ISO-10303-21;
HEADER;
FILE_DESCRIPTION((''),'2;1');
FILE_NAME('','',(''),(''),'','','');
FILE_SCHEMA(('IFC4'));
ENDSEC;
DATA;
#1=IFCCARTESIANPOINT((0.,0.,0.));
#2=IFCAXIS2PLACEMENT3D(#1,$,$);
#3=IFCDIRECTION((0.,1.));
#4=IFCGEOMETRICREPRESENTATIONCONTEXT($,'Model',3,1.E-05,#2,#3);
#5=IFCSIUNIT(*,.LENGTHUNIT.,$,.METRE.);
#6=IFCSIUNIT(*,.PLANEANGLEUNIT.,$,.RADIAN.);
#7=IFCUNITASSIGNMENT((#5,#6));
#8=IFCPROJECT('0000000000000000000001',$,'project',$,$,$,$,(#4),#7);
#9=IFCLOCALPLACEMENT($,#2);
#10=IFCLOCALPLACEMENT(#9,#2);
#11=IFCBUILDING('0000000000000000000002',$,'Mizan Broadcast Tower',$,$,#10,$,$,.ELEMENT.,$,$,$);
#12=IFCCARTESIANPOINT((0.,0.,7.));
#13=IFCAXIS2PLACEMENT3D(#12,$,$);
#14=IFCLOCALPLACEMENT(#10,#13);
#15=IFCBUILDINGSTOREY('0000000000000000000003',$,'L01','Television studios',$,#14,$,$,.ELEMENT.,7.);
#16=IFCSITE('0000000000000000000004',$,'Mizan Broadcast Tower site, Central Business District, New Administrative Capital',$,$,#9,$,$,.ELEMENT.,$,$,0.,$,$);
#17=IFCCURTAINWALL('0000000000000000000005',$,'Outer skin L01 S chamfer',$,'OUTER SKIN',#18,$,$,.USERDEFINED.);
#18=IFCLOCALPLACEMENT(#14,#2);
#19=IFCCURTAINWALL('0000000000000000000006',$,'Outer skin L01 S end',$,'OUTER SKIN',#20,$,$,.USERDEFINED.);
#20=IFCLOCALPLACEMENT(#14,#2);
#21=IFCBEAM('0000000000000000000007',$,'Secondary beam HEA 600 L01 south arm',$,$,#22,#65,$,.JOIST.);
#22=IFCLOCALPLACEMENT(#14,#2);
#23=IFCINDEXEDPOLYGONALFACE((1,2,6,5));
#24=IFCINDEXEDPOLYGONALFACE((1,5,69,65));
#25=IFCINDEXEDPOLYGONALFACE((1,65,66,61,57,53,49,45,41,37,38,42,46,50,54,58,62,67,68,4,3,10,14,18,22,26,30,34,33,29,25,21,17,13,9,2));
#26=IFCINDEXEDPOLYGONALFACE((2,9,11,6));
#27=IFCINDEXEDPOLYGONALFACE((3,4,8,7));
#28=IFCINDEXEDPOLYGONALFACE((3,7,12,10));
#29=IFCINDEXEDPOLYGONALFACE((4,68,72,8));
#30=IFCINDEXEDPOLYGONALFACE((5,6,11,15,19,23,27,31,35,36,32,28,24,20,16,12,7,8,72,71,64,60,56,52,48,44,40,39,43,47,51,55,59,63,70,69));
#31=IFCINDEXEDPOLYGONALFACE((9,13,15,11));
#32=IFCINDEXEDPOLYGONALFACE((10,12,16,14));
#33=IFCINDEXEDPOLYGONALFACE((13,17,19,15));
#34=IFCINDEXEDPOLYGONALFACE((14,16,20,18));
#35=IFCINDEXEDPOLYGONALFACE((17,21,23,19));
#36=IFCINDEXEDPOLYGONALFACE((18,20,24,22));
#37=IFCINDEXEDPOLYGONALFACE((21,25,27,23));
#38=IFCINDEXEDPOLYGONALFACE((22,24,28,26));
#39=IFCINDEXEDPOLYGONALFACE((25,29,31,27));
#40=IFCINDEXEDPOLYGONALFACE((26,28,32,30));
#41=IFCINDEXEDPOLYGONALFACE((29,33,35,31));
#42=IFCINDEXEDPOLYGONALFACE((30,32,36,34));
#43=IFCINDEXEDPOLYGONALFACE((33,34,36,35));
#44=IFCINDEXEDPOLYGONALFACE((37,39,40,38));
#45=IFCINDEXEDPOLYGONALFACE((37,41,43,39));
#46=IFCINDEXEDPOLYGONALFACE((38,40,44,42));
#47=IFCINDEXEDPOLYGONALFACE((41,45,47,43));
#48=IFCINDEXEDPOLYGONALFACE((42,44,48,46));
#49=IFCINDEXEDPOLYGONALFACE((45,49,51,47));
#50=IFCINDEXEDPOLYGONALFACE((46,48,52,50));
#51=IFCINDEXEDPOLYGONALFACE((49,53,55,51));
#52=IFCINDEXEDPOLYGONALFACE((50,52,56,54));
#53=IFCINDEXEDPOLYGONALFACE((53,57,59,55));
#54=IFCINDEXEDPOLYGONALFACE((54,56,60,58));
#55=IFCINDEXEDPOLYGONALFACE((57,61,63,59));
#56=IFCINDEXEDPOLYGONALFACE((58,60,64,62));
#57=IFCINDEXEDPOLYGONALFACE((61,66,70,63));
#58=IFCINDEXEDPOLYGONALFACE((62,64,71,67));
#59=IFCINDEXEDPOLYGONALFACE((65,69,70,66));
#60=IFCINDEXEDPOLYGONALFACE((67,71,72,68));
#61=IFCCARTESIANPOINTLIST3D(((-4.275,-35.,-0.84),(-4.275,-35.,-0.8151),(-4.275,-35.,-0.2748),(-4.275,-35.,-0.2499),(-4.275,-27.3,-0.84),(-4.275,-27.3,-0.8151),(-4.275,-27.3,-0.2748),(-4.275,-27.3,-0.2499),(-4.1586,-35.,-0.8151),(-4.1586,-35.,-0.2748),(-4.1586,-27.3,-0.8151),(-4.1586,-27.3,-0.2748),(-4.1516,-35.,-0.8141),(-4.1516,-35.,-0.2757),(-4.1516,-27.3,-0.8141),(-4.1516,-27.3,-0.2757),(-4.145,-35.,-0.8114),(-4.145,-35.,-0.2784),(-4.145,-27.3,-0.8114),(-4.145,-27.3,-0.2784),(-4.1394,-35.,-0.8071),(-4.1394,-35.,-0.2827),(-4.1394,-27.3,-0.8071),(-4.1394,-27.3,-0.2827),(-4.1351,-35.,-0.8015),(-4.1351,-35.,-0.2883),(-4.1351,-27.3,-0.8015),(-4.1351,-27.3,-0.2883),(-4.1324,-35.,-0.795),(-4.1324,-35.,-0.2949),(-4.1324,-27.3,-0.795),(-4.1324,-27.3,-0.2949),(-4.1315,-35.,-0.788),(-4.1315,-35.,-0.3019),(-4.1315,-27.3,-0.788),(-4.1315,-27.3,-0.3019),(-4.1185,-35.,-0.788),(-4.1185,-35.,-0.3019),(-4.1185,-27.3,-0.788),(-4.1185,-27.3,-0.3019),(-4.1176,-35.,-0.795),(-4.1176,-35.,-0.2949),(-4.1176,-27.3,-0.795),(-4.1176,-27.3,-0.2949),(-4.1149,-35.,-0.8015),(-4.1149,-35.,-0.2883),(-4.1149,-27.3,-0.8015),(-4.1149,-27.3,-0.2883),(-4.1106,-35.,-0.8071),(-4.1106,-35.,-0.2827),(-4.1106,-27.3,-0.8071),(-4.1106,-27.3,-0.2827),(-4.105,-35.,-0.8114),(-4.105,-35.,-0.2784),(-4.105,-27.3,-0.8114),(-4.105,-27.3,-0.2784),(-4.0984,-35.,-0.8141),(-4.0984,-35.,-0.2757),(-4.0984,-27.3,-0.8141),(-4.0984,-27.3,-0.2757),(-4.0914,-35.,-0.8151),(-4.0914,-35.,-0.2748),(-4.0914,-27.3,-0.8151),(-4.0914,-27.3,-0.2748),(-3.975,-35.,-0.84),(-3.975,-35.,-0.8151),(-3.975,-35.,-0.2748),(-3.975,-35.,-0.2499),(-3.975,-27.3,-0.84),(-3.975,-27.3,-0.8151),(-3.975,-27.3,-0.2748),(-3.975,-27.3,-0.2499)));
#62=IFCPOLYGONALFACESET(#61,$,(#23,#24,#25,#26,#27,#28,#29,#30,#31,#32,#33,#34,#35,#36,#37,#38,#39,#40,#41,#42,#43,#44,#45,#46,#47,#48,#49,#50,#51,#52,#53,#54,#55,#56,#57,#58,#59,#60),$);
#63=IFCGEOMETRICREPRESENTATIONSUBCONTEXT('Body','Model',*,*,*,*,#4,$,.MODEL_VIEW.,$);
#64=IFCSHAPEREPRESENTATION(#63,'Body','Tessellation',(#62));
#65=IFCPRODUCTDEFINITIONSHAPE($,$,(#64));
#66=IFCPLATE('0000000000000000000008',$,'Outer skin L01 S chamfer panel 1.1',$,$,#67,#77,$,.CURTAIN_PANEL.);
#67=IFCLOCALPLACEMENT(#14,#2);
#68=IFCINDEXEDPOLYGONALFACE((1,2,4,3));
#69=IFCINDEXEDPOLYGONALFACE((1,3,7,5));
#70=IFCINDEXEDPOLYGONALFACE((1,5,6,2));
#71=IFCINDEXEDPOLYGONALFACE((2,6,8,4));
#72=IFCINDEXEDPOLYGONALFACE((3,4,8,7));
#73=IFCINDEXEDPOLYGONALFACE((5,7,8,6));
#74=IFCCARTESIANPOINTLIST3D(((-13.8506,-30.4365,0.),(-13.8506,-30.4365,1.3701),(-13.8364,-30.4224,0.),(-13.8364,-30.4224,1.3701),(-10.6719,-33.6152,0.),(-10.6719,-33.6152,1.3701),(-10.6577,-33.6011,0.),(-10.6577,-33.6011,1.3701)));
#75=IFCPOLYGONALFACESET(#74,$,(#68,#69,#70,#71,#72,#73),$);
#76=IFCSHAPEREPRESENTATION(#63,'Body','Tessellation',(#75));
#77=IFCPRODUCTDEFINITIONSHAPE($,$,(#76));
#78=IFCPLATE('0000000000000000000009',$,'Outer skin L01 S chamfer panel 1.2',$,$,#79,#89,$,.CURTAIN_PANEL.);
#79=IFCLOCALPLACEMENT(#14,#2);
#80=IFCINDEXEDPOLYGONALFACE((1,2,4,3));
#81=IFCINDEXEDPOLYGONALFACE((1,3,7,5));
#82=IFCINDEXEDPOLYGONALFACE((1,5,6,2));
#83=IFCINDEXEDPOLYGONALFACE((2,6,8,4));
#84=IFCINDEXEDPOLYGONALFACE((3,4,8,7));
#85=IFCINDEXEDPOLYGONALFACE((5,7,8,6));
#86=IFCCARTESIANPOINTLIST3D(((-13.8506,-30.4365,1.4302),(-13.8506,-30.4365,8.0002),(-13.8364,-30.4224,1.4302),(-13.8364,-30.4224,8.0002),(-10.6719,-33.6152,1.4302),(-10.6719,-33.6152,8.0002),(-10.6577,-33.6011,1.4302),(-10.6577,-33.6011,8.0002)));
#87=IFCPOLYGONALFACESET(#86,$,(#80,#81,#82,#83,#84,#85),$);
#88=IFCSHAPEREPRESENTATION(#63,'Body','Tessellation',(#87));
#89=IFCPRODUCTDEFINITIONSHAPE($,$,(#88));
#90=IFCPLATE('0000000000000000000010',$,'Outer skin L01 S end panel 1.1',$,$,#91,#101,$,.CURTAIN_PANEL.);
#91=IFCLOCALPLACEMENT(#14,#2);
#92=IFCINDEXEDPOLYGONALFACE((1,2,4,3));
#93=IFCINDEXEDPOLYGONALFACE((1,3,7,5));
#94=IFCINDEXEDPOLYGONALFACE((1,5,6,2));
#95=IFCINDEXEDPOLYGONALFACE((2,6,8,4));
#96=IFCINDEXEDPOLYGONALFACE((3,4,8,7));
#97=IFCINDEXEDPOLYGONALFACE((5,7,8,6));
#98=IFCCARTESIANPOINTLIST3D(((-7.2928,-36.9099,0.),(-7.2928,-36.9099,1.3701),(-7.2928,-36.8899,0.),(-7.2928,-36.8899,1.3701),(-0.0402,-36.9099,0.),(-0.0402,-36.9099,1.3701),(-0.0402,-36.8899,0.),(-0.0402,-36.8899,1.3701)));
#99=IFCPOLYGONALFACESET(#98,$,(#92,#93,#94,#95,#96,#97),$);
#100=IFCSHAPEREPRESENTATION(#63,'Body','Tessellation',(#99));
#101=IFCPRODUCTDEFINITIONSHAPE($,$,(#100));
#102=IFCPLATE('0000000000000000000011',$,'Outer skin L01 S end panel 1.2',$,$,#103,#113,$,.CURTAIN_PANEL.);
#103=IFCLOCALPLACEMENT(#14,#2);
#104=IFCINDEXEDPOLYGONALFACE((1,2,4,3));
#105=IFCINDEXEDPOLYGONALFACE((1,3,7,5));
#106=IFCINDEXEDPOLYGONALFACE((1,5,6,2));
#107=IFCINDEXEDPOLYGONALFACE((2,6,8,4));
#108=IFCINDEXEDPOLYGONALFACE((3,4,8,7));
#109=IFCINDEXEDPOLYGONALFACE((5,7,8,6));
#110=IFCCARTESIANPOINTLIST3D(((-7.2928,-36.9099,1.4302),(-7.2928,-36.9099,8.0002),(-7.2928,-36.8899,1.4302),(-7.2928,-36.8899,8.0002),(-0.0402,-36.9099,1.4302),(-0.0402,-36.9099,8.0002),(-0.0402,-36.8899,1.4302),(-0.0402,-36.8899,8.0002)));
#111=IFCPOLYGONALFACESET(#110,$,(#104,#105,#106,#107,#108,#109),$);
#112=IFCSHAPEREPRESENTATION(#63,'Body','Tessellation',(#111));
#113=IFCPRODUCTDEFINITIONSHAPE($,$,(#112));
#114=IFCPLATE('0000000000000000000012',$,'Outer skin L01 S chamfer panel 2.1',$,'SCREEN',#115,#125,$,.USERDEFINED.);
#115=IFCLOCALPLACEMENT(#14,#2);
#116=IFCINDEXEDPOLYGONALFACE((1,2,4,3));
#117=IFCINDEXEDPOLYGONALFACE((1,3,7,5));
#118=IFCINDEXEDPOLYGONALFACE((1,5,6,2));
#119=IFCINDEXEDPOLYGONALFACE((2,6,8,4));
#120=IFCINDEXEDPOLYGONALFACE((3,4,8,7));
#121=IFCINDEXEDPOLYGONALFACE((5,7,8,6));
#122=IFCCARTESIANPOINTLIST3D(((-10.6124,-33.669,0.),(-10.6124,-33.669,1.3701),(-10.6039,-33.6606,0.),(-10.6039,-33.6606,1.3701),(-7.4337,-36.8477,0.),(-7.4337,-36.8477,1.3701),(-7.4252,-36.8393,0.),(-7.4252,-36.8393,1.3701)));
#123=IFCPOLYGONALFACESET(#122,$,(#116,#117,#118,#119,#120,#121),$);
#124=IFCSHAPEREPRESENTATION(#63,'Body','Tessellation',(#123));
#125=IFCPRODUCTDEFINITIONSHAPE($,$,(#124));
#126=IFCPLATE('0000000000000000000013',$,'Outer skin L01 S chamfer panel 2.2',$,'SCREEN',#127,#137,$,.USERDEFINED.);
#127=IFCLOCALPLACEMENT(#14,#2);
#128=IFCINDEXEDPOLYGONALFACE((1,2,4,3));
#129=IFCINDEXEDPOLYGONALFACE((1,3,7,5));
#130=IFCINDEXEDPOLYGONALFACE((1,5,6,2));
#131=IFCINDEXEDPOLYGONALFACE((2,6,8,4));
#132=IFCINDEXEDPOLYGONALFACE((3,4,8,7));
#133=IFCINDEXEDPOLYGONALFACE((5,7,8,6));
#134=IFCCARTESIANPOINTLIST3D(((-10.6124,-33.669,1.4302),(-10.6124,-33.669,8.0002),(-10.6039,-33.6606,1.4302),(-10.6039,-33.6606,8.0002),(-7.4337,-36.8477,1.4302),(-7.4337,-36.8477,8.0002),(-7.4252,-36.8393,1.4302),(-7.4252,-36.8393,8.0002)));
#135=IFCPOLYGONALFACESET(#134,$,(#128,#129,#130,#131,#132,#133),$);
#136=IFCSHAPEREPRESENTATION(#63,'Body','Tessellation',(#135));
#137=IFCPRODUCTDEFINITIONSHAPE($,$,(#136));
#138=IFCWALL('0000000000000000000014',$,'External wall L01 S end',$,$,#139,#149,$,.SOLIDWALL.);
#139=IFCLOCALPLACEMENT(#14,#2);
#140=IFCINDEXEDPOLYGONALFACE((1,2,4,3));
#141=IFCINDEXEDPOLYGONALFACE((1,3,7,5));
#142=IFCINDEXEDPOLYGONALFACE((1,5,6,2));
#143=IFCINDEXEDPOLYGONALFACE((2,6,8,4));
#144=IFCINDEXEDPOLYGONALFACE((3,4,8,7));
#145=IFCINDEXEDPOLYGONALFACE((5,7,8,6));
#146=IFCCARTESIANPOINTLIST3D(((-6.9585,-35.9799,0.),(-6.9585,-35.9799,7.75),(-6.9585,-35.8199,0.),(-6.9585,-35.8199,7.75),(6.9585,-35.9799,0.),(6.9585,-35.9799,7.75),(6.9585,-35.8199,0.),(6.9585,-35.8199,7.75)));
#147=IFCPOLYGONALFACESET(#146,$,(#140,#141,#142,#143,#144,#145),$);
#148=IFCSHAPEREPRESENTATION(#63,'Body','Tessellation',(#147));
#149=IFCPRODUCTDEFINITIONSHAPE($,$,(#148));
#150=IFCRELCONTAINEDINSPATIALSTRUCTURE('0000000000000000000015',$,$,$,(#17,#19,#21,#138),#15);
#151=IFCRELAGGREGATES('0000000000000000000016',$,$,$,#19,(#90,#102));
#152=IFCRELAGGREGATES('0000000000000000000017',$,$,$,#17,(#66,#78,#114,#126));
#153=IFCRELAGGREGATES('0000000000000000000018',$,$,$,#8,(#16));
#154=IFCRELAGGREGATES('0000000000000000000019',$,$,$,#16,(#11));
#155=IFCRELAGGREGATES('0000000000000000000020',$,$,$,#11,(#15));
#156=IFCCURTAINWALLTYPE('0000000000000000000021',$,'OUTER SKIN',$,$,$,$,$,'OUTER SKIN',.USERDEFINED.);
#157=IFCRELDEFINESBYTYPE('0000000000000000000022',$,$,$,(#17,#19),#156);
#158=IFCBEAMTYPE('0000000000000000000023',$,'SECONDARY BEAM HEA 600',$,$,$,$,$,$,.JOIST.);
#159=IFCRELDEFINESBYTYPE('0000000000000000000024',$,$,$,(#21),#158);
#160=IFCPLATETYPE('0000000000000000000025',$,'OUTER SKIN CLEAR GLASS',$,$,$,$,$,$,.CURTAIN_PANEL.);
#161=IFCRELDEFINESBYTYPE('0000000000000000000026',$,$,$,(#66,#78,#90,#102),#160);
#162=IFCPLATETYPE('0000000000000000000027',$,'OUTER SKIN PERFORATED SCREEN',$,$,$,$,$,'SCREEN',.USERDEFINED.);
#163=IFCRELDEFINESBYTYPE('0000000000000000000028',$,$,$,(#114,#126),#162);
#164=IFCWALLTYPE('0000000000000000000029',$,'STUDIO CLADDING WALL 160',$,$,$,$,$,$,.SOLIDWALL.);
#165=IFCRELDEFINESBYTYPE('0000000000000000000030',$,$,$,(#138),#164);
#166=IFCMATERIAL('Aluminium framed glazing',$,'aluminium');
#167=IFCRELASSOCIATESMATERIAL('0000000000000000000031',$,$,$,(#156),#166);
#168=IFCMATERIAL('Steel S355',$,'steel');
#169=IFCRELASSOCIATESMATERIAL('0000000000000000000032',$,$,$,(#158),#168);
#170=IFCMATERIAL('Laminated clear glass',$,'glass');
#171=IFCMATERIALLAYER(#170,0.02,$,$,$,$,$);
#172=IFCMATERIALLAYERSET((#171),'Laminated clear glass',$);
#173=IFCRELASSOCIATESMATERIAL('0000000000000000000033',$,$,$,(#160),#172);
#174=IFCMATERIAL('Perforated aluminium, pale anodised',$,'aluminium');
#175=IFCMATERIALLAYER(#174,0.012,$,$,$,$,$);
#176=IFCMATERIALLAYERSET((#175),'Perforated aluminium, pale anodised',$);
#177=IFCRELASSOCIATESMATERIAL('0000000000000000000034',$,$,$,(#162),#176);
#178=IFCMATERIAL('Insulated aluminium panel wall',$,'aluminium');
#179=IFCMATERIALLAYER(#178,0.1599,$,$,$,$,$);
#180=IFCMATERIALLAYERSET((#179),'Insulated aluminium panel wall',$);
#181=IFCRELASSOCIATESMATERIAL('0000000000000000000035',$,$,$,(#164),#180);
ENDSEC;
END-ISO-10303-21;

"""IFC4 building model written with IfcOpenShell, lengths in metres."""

from ifc_helpers import new_model, si_unit, direction, frame, frame_2d, origin, origin_2d, place, context, subcontext, project, spatial, rectangle, i_section, extrude, material, layer, layer_set, material_profile, profile_set, type_object, element, aggregate, save


model = new_model("IFC4")

# Units and contexts
model_context = context("Model", 3, precision=1e-05, world=origin(), true_north=direction((0.0, 1.0)))
body_context = subcontext(model_context, "Body", "Model", "MODEL_VIEW")
ifc_project = project(units=[si_unit("LENGTHUNIT", "METRE"), si_unit("PLANEANGLEUNIT", "RADIAN")], contexts=[model_context])

# Site, building, storey
site_placement = place(None, origin())
site = spatial("IfcSite", under=ifc_project, at=site_placement, Name="Mizan Broadcast Tower site, Central Business District, New Administrative Capital", CompositionType="ELEMENT", RefElevation=0.0)
building_placement = place(site_placement, origin())
building = spatial("IfcBuilding", under=site, at=building_placement, Name="Mizan Broadcast Tower", CompositionType="ELEMENT")
storey_placement = place(building_placement, frame((0.0, 0.0, 7.0)))
storey = spatial("IfcBuildingStorey", under=building, at=storey_placement, Name="L01", Description="Television studios", CompositionType="ELEMENT", Elevation=7.0)

# Curtain wall
ifc_material_1 = material(Name="Aluminium framed glazing", Category="aluminium")
curtain_wall_type = type_object("IfcCurtainWallType", Name="OUTER SKIN", ElementType="OUTER SKIN", PredefinedType="USERDEFINED", material=ifc_material_1)
curtain_wall_1_placement = place(storey_placement, origin())
curtain_wall_1 = element("IfcCurtainWall", 1, at=curtain_wall_1_placement, inside=storey, type_object=curtain_wall_type, Name="Outer skin L01 S chamfer", ObjectType="OUTER SKIN", PredefinedType="USERDEFINED")

# Curtain wall
curtain_wall_2_placement = place(storey_placement, origin())
curtain_wall_2 = element("IfcCurtainWall", 2, at=curtain_wall_2_placement, inside=storey, type_object=curtain_wall_type, Name="Outer skin L01 S end", ObjectType="OUTER SKIN", PredefinedType="USERDEFINED")

# Beam
ifc_material_2 = material(Name="Steel S355", Category="steel")
ifc_material_profile_1 = material_profile(ifc_material_2, i_section(OverallWidth=0.3, OverallDepth=0.5901, WebThickness=0.0129, FlangeThickness=0.0249, FilletRadius=0.0271, at=origin_2d()), Name="HEA 600")
ifc_profile_set_1 = profile_set([ifc_material_profile_1], Name="Steel S355")
beam_type_1 = type_object("IfcBeamType", Name="SECONDARY BEAM HEA 600", PredefinedType="JOIST", material=ifc_profile_set_1)
beam_1_placement = place(storey_placement, frame((-4.125, -27.3, -0.5449), z_axis=(0.0, -1.0, 0.0), x_axis=(1.0, 0.0, 0.0)))
element("IfcBeam", 3, at=beam_1_placement, inside=storey, type_object=beam_type_1, Name="Secondary beam HEA 600 L01 south arm", PredefinedType="JOIST", context=body_context, shape_type="SweptSolid", body=[
    extrude(i_section(OverallWidth=0.3, OverallDepth=0.5901, WebThickness=0.0129, FlangeThickness=0.0249, FilletRadius=0.0271, at=origin_2d()), origin(), (0.0, 0.0, 1.0), 7.7),
])

# Plates
ifc_material_3 = material(Name="Laminated clear glass", Category="glass")
ifc_layer_1 = layer(ifc_material_3, 0.02)
ifc_layer_set_1 = layer_set([ifc_layer_1], Name="Laminated clear glass")
plate_type_1 = type_object("IfcPlateType", Name="OUTER SKIN CLEAR GLASS", PredefinedType="CURTAIN_PANEL", material=ifc_layer_set_1)
plate_1_placement = place(storey_placement, frame((-12.2542, -32.0188, 0.0), z_axis=(0.0, 0.0, 1.0), x_axis=(0.707107, -0.707107, 0.0)))
plate_1 = element("IfcPlate", 4, at=plate_1_placement, type_object=plate_type_1, Name="Outer skin L01 S chamfer panel 1.1", PredefinedType="CURTAIN_PANEL", context=body_context, shape_type="SweptSolid", body=[
    extrude(rectangle(XDim=4.4954, YDim=0.02, at=origin_2d()), origin(), (0.0, 0.0, 1.0), 1.3701),
])
plate_2_placement = place(storey_placement, frame((-12.2542, -32.0188, 1.4302), z_axis=(0.0, 0.0, 1.0), x_axis=(0.707107, -0.707107, 0.0)))
plate_2 = element("IfcPlate", 5, at=plate_2_placement, type_object=plate_type_1, Name="Outer skin L01 S chamfer panel 1.2", PredefinedType="CURTAIN_PANEL", context=body_context, shape_type="SweptSolid", body=[
    extrude(rectangle(XDim=4.4954, YDim=0.02, at=origin_2d()), origin(), (0.0, 0.0, 1.0), 6.5701),
])
plate_3_placement = place(storey_placement, frame((-3.6665, -36.8999, 0.0), z_axis=(0.0, 0.0, 1.0), x_axis=(1.0, 0.0, 0.0)))
plate_3 = element("IfcPlate", 6, at=plate_3_placement, type_object=plate_type_1, Name="Outer skin L01 S end panel 1.1", PredefinedType="CURTAIN_PANEL", context=body_context, shape_type="SweptSolid", body=[
    extrude(rectangle(XDim=7.2527, YDim=0.02, at=origin_2d()), origin(), (0.0, 0.0, 1.0), 1.3701),
])
plate_4_placement = place(storey_placement, frame((-3.6665, -36.8999, 1.4302), z_axis=(0.0, 0.0, 1.0), x_axis=(1.0, 0.0, 0.0)))
plate_4 = element("IfcPlate", 7, at=plate_4_placement, type_object=plate_type_1, Name="Outer skin L01 S end panel 1.2", PredefinedType="CURTAIN_PANEL", context=body_context, shape_type="SweptSolid", body=[
    extrude(rectangle(XDim=7.2527, YDim=0.02, at=origin_2d()), origin(), (0.0, 0.0, 1.0), 6.5701),
])
aggregate(curtain_wall_2, [plate_3, plate_4])
ifc_material_4 = material(Name="Perforated aluminium, pale anodised", Category="aluminium")
ifc_layer_2 = layer(ifc_material_4, 0.012)
ifc_layer_set_2 = layer_set([ifc_layer_2], Name="Perforated aluminium, pale anodised")
plate_type_2 = type_object("IfcPlateType", Name="OUTER SKIN PERFORATED SCREEN", ElementType="SCREEN", PredefinedType="USERDEFINED", material=ifc_layer_set_2)
plate_5_placement = place(storey_placement, frame((-9.0188, -35.2542, 0.0), z_axis=(0.0, 0.0, 1.0), x_axis=(0.707107, -0.707107, 0.0)))
plate_5 = element("IfcPlate", 8, at=plate_5_placement, type_object=plate_type_2, Name="Outer skin L01 S chamfer panel 2.1", ObjectType="SCREEN", PredefinedType="USERDEFINED", context=body_context, shape_type="SweptSolid", body=[
    extrude(rectangle(XDim=4.4954, YDim=0.012, at=origin_2d()), origin(), (0.0, 0.0, 1.0), 1.3701),
])
plate_6_placement = place(storey_placement, frame((-9.0188, -35.2542, 1.4302), z_axis=(0.0, 0.0, 1.0), x_axis=(0.707107, -0.707107, 0.0)))
plate_6 = element("IfcPlate", 9, at=plate_6_placement, type_object=plate_type_2, Name="Outer skin L01 S chamfer panel 2.2", ObjectType="SCREEN", PredefinedType="USERDEFINED", context=body_context, shape_type="SweptSolid", body=[
    extrude(rectangle(XDim=4.4954, YDim=0.012, at=origin_2d()), origin(), (0.0, 0.0, 1.0), 6.5701),
])
aggregate(curtain_wall_1, [plate_1, plate_2, plate_5, plate_6])

# Wall
ifc_material_5 = material(Name="Insulated aluminium panel wall", Category="aluminium")
ifc_layer_3 = layer(ifc_material_5, 0.1599)
ifc_layer_set_3 = layer_set([ifc_layer_3], Name="Insulated aluminium panel wall")
wall_type = type_object("IfcWallType", Name="STUDIO CLADDING WALL 160", PredefinedType="SOLIDWALL", material=ifc_layer_set_3)
wall_placement = place(storey_placement, frame((-6.9585, -35.8999, 0.0), z_axis=(0.0, 0.0, 1.0), x_axis=(1.0, 0.0, 0.0)))
element("IfcWall", 10, at=wall_placement, inside=storey, type_object=wall_type, Name="External wall L01 S end", PredefinedType="SOLIDWALL", context=body_context, shape_type="SweptSolid", body=[
    extrude(rectangle(XDim=13.917, YDim=0.1599, at=frame_2d((6.9585, 0.0))), origin(), (0.0, 0.0, 1.0), 7.75),
])

save(model, "model.ifc")
